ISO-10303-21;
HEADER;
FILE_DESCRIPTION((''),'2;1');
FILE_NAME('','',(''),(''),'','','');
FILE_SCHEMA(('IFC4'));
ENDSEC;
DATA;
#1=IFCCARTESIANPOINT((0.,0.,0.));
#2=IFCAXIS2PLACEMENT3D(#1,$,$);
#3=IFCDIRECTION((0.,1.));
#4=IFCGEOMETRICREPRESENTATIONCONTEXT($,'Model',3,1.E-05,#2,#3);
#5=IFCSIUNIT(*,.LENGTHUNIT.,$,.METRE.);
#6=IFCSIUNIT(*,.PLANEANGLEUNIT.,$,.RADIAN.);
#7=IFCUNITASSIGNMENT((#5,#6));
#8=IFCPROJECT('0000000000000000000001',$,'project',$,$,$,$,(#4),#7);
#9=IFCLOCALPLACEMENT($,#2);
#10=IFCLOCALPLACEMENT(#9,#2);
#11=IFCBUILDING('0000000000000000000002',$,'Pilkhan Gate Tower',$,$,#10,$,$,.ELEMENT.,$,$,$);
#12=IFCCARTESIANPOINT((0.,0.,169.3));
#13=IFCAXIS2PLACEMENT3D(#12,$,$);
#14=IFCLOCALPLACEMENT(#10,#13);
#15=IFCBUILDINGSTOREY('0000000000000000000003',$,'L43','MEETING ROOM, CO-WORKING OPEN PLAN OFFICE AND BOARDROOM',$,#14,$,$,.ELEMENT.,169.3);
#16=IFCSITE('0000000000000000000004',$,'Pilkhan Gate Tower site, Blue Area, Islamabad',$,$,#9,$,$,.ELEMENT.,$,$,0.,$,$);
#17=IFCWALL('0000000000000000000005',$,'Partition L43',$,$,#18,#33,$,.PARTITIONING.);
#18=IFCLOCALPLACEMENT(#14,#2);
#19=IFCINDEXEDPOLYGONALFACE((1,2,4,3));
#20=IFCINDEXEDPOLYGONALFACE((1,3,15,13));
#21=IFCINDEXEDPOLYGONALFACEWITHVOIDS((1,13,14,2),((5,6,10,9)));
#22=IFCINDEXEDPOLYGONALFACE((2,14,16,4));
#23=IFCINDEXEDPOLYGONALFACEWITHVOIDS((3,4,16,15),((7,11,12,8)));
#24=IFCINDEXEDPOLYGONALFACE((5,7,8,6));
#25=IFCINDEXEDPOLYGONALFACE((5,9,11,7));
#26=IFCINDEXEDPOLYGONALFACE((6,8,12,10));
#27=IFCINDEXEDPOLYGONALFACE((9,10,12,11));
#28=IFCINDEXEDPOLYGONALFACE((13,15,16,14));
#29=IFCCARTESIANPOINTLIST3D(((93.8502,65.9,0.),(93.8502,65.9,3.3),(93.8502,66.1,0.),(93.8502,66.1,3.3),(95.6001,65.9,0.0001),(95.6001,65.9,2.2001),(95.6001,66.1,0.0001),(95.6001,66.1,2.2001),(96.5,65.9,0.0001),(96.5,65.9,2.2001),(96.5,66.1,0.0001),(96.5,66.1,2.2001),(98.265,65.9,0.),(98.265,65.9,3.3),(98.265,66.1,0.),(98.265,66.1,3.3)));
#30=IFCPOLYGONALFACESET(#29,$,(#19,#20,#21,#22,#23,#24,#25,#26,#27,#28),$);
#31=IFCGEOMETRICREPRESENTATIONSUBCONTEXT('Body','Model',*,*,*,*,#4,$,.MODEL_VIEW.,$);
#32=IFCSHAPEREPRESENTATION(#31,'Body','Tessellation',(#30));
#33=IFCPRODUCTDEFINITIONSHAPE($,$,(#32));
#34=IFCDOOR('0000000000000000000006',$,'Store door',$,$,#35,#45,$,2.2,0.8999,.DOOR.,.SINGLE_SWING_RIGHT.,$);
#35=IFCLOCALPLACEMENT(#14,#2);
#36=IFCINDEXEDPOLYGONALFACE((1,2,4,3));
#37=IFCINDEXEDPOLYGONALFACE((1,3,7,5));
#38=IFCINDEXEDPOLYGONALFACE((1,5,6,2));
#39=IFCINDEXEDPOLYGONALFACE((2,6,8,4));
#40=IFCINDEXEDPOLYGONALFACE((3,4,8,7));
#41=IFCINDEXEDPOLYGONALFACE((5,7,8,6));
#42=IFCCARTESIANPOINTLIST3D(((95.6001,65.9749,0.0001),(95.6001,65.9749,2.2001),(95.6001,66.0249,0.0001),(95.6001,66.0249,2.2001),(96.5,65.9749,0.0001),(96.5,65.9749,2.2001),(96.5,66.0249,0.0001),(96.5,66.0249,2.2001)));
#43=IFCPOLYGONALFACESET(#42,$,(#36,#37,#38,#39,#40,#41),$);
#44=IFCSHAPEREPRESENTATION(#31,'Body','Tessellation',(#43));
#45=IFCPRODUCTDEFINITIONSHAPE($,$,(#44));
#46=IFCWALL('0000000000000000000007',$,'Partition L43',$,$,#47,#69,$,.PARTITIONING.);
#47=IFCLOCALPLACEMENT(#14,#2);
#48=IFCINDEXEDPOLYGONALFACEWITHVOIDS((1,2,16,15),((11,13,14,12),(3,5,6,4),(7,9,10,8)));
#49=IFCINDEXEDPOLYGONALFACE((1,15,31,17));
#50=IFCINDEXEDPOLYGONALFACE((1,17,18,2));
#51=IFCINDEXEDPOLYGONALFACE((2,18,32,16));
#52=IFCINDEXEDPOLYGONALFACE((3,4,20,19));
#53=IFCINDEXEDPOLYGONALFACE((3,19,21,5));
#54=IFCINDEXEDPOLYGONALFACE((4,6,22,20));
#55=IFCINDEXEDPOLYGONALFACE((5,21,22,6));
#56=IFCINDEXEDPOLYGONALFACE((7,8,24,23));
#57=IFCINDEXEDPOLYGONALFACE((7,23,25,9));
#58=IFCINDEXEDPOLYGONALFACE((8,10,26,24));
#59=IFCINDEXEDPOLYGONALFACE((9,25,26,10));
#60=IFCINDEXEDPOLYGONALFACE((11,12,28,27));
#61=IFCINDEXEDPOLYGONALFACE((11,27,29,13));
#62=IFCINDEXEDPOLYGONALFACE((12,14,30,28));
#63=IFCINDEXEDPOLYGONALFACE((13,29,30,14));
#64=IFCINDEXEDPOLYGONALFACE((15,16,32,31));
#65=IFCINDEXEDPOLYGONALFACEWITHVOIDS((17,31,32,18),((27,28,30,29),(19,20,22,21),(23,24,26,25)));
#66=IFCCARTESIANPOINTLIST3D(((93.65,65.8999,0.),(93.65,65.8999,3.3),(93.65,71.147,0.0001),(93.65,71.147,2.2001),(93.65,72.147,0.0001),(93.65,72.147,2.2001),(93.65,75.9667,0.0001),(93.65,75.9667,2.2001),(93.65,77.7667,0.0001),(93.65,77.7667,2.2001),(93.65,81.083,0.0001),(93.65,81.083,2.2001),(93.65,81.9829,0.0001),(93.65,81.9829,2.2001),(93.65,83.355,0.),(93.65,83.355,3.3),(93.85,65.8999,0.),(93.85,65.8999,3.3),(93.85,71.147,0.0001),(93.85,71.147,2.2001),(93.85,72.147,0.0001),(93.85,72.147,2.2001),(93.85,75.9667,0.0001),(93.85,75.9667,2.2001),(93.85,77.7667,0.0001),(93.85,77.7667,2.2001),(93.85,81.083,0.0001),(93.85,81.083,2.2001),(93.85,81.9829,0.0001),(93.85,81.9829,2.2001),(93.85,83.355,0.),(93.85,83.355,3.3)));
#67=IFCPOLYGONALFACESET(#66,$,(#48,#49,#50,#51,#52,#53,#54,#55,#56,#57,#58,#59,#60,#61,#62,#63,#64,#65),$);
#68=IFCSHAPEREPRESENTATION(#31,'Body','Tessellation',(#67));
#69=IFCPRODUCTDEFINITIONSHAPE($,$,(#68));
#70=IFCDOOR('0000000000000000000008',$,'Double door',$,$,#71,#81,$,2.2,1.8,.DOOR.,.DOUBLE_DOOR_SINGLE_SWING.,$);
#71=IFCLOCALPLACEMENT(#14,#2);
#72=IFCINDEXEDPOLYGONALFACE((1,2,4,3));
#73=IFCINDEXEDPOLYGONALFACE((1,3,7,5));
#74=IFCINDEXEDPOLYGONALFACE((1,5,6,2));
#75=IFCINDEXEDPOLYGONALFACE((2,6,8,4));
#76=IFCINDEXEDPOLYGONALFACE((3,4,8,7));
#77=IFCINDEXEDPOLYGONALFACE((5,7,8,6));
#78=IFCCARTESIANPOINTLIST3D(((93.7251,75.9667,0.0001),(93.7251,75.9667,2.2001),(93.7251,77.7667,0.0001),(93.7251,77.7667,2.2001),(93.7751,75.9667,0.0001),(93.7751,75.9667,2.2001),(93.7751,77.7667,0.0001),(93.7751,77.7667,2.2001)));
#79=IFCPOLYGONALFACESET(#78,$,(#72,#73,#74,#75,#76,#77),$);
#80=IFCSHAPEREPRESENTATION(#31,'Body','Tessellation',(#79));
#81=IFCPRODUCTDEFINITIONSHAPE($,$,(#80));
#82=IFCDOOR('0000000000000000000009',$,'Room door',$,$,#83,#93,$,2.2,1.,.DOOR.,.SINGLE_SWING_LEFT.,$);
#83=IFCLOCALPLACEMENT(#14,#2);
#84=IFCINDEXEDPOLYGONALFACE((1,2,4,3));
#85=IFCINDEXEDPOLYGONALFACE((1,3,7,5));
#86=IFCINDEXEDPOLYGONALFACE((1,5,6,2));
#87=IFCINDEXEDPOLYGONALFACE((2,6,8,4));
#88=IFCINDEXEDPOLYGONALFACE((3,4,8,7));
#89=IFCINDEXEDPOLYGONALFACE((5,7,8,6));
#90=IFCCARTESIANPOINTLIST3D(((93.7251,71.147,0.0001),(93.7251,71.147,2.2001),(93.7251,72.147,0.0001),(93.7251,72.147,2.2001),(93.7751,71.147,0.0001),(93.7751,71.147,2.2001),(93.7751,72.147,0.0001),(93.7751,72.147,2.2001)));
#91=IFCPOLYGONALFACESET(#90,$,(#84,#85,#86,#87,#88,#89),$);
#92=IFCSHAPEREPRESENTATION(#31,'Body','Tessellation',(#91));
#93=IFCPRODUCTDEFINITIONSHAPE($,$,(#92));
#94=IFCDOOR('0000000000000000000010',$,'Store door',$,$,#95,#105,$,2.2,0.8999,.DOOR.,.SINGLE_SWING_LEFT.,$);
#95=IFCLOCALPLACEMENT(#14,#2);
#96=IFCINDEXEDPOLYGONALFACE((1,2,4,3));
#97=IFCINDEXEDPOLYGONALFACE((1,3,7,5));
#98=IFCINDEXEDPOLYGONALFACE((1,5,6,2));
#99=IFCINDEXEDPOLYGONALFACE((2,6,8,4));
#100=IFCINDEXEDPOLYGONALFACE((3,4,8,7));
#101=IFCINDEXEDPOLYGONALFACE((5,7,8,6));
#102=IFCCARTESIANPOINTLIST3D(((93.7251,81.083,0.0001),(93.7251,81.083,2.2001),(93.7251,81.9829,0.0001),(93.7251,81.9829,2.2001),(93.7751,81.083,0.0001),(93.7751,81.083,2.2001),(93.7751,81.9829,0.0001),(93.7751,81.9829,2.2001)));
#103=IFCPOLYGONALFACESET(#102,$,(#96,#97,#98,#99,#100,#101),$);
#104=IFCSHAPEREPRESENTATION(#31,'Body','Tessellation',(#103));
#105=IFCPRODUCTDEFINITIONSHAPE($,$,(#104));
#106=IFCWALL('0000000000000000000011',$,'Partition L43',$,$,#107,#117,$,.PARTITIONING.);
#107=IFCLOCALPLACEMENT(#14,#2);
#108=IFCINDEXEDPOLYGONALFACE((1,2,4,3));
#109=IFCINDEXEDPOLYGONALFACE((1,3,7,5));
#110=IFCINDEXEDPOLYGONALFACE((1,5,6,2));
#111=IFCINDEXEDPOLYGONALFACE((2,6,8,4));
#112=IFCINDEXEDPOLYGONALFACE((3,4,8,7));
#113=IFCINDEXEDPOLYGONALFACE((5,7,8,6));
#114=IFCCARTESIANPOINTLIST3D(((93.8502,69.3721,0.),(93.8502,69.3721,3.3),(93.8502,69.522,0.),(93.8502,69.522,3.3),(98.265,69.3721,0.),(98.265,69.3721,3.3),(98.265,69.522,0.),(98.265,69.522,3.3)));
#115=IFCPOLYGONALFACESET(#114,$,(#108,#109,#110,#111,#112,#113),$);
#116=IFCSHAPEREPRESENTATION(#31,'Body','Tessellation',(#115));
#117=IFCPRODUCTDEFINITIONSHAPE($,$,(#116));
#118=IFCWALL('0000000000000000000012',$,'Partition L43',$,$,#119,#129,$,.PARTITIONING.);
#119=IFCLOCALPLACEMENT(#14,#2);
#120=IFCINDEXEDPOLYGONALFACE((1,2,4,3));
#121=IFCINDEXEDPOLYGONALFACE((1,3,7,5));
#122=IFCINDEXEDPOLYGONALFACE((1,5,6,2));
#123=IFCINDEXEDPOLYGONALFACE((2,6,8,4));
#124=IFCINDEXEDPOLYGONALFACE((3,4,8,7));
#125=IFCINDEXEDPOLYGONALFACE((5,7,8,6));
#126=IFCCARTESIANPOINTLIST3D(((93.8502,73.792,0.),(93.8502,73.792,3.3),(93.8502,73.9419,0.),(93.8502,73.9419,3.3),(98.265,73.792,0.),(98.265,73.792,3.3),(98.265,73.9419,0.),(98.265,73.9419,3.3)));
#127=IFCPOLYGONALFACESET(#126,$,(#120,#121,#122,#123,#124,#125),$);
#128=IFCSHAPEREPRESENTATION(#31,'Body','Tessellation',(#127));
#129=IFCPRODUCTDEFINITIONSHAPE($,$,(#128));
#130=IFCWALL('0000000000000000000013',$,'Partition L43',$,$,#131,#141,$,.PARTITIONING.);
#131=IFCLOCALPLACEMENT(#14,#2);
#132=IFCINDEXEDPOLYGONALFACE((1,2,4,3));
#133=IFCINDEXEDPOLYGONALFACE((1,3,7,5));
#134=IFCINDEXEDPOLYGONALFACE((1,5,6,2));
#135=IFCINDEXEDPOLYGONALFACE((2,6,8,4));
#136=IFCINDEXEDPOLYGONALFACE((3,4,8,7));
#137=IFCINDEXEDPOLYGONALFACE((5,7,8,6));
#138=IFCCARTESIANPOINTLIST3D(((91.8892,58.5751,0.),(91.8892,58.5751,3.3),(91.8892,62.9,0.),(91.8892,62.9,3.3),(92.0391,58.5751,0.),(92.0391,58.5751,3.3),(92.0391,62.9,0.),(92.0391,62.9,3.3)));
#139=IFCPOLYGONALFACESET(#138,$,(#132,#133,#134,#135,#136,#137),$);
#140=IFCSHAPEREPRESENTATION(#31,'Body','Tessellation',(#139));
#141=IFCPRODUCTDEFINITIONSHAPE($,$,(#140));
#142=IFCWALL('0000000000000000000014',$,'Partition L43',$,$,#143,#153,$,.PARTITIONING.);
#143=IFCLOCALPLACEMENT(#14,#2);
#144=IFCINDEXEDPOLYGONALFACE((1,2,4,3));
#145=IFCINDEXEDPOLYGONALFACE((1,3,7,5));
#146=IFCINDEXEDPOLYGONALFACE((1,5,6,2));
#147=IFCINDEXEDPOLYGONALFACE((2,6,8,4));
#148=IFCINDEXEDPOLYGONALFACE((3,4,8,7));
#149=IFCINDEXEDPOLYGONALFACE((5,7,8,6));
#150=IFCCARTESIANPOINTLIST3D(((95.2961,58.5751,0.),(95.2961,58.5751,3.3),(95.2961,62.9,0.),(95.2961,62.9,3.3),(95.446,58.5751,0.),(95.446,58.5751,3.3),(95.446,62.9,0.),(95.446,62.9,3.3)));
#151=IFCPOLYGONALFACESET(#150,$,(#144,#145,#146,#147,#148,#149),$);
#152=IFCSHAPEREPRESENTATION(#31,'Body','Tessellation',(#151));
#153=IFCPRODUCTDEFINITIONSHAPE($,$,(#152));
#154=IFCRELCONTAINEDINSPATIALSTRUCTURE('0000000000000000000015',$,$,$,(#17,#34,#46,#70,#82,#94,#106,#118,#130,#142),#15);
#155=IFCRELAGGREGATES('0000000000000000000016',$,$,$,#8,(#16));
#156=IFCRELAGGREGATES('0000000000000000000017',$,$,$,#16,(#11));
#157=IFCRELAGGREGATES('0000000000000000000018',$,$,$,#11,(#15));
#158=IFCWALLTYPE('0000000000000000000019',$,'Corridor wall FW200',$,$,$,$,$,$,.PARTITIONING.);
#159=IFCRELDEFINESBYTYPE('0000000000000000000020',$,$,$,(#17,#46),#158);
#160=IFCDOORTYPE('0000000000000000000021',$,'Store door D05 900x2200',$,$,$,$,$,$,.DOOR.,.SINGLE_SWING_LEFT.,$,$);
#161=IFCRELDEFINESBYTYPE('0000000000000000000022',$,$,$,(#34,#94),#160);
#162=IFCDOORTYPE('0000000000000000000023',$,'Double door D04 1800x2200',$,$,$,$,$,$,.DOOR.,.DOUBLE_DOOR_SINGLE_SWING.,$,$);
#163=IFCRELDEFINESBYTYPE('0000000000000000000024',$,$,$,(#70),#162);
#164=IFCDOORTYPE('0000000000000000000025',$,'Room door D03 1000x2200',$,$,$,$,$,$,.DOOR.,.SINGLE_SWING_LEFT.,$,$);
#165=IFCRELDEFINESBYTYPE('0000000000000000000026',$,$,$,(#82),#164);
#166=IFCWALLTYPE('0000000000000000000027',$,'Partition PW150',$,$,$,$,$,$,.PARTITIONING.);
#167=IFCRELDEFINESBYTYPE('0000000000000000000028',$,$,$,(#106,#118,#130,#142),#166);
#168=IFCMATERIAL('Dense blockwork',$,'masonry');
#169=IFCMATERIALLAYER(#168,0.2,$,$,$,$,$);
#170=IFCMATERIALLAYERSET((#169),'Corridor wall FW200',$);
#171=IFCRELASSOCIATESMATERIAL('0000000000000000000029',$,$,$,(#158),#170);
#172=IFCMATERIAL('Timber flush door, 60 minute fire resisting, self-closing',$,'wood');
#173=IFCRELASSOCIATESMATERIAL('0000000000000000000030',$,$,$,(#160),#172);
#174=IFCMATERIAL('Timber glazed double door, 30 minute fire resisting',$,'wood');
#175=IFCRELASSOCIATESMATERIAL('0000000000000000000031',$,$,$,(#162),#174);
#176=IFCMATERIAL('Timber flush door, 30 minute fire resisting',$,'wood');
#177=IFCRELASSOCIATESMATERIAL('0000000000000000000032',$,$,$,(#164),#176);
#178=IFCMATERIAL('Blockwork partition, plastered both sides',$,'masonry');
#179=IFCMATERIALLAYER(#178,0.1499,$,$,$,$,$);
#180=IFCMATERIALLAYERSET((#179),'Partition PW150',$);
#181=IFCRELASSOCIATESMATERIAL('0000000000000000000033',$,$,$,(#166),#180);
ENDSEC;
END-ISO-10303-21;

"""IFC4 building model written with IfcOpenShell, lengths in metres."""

from ifc_helpers import new_model, si_unit, direction, frame, frame_2d, origin, place, context, subcontext, project, spatial, rectangle, extrude, material, layer, layer_set, type_object, element, fill, save


model = new_model("IFC4")

# Units and contexts
model_context = context("Model", 3, precision=1e-05, world=origin(), true_north=direction((0.0, 1.0)))
body_context = subcontext(model_context, "Body", "Model", "MODEL_VIEW")
ifc_project = project(units=[si_unit("LENGTHUNIT", "METRE"), si_unit("PLANEANGLEUNIT", "RADIAN")], contexts=[model_context])

# Site, building, storey
site_placement = place(None, origin())
site = spatial("IfcSite", under=ifc_project, at=site_placement, Name="Pilkhan Gate Tower site, Blue Area, Islamabad", CompositionType="ELEMENT", RefElevation=0.0)
building_placement = place(site_placement, origin())
building = spatial("IfcBuilding", under=site, at=building_placement, Name="Pilkhan Gate Tower", CompositionType="ELEMENT")
storey_placement = place(building_placement, frame((0.0, 0.0, 169.3)))
storey = spatial("IfcBuildingStorey", under=building, at=storey_placement, Name="L43", Description="MEETING ROOM, CO-WORKING OPEN PLAN OFFICE AND BOARDROOM", CompositionType="ELEMENT", Elevation=169.3)

# Wall, opening, door
ifc_material_1 = material(Name="Dense blockwork", Category="masonry")
ifc_layer_1 = layer(ifc_material_1, 0.2)
ifc_layer_set_1 = layer_set([ifc_layer_1], Name="Corridor wall FW200")
wall_type_1 = type_object("IfcWallType", Name="Corridor wall FW200", PredefinedType="PARTITIONING", material=ifc_layer_set_1)
wall_1_placement = place(storey_placement, frame((93.8501, 66.0, 0.0), z_axis=(0.0, 0.0, 1.0), x_axis=(1.0, 0.0, 0.0)))
wall_1 = element("IfcWall", 1, at=wall_1_placement, inside=storey, type_object=wall_type_1, Name="Partition L43", PredefinedType="PARTITIONING", context=body_context, shape_type="SweptSolid", body=[
    extrude(rectangle(XDim=4.4148, YDim=0.2, at=frame_2d((2.2075, 0.0))), origin(), (0.0, 0.0, 1.0), 3.3),
])
opening_1_placement = place(wall_1_placement, frame((1.75, 0.0, 0.0)))
opening_1 = element("IfcOpeningElement", 2, at=opening_1_placement, cuts=wall_1, PredefinedType="OPENING", context=body_context, shape_type="SweptSolid", body=[
    extrude(rectangle(XDim=0.8999, YDim=2.2, at=frame_2d((0.45, 1.1001))), frame((0.0, 0.1099, 0.0), z_axis=(0.0, -1.0, 0.0), x_axis=(1.0, 0.0, 0.0)), (0.0, 0.0, 1.0), 0.22),
])
ifc_material_2 = material(Name="Timber flush door, 60 minute fire resisting, self-closing", Category="wood")
door_type_1 = type_object("IfcDoorType", Name="Store door D05 900x2200", OperationType="SINGLE_SWING_LEFT", PredefinedType="DOOR", material=ifc_material_2)
door_1_placement = place(opening_1_placement, origin())
door_1 = element("IfcDoor", 3, at=door_1_placement, inside=storey, type_object=door_type_1, Name="Store door", OperationType="SINGLE_SWING_RIGHT", OverallHeight=2.2, OverallWidth=0.8999, PredefinedType="DOOR", context=body_context, shape_type="SweptSolid", body=[
    extrude(rectangle(XDim=0.8999, YDim=2.2, at=frame_2d((0.45, 1.1001))), frame((0.0, 0.0249, 0.0), z_axis=(0.0, -1.0, 0.0), x_axis=(1.0, 0.0, 0.0)), (0.0, 0.0, 1.0), 0.05),
])
fill(opening_1, door_1)

# Wall, openings, doors
wall_2_placement = place(storey_placement, frame((93.75, 65.8999, 0.0), z_axis=(0.0, 0.0, 1.0), x_axis=(0.0, 1.0, 0.0)))
wall_2 = element("IfcWall", 4, at=wall_2_placement, inside=storey, type_object=wall_type_1, Name="Partition L43", PredefinedType="PARTITIONING", context=body_context, shape_type="SweptSolid", body=[
    extrude(rectangle(XDim=17.4551, YDim=0.2, at=frame_2d((8.7275, 0.0))), origin(), (0.0, 0.0, 1.0), 3.3),
])
opening_2_placement = place(wall_2_placement, frame((5.2471, 0.0, 0.0)))
opening_2 = element("IfcOpeningElement", 5, at=opening_2_placement, cuts=wall_2, PredefinedType="OPENING", context=body_context, shape_type="SweptSolid", body=[
    extrude(rectangle(XDim=1.0, YDim=2.2, at=frame_2d((0.5, 1.1001))), frame((0.0, 0.1099, 0.0), z_axis=(0.0, -1.0, 0.0), x_axis=(1.0, 0.0, 0.0)), (0.0, 0.0, 1.0), 0.22),
])
opening_3_placement = place(wall_2_placement, frame((10.0669, 0.0, 0.0)))
opening_3 = element("IfcOpeningElement", 6, at=opening_3_placement, cuts=wall_2, PredefinedType="OPENING", context=body_context, shape_type="SweptSolid", body=[
    extrude(rectangle(XDim=1.8, YDim=2.2, at=frame_2d((0.8999, 1.1001))), frame((0.0, 0.1099, 0.0), z_axis=(0.0, -1.0, 0.0), x_axis=(1.0, 0.0, 0.0)), (0.0, 0.0, 1.0), 0.22),
])
opening_4_placement = place(wall_2_placement, frame((15.1831, 0.0, 0.0)))
opening_4 = element("IfcOpeningElement", 7, at=opening_4_placement, cuts=wall_2, PredefinedType="OPENING", context=body_context, shape_type="SweptSolid", body=[
    extrude(rectangle(XDim=0.8999, YDim=2.2, at=frame_2d((0.45, 1.1001))), frame((0.0, 0.1099, 0.0), z_axis=(0.0, -1.0, 0.0), x_axis=(1.0, 0.0, 0.0)), (0.0, 0.0, 1.0), 0.22),
])
ifc_material_3 = material(Name="Timber glazed double door, 30 minute fire resisting", Category="wood")
door_type_2 = type_object("IfcDoorType", Name="Double door D04 1800x2200", OperationType="DOUBLE_DOOR_SINGLE_SWING", PredefinedType="DOOR", material=ifc_material_3)
door_2_placement = place(opening_3_placement, origin())
door_2 = element("IfcDoor", 8, at=door_2_placement, inside=storey, type_object=door_type_2, Name="Double door", OperationType="DOUBLE_DOOR_SINGLE_SWING", OverallHeight=2.2, OverallWidth=1.8, PredefinedType="DOOR", context=body_context, shape_type="SweptSolid", body=[
    extrude(rectangle(XDim=1.8, YDim=2.2, at=frame_2d((0.8999, 1.1001))), frame((0.0, 0.0249, 0.0), z_axis=(0.0, -1.0, 0.0), x_axis=(1.0, 0.0, 0.0)), (0.0, 0.0, 1.0), 0.05),
])
fill(opening_3, door_2)
ifc_material_4 = material(Name="Timber flush door, 30 minute fire resisting", Category="wood")
door_type_3 = type_object("IfcDoorType", Name="Room door D03 1000x2200", OperationType="SINGLE_SWING_LEFT", PredefinedType="DOOR", material=ifc_material_4)
door_3_placement = place(opening_2_placement, origin())
door_3 = element("IfcDoor", 9, at=door_3_placement, inside=storey, type_object=door_type_3, Name="Room door", OperationType="SINGLE_SWING_LEFT", OverallHeight=2.2, OverallWidth=1.0, PredefinedType="DOOR", context=body_context, shape_type="SweptSolid", body=[
    extrude(rectangle(XDim=1.0, YDim=2.2, at=frame_2d((0.5, 1.1001))), frame((0.0, 0.0249, 0.0), z_axis=(0.0, -1.0, 0.0), x_axis=(1.0, 0.0, 0.0)), (0.0, 0.0, 1.0), 0.05),
])
fill(opening_2, door_3)
door_4_placement = place(opening_4_placement, origin())
door_4 = element("IfcDoor", 10, at=door_4_placement, inside=storey, type_object=door_type_1, Name="Store door", OperationType="SINGLE_SWING_LEFT", OverallHeight=2.2, OverallWidth=0.8999, PredefinedType="DOOR", context=body_context, shape_type="SweptSolid", body=[
    extrude(rectangle(XDim=0.8999, YDim=2.2, at=frame_2d((0.45, 1.1001))), frame((0.0, 0.0249, 0.0), z_axis=(0.0, -1.0, 0.0), x_axis=(1.0, 0.0, 0.0)), (0.0, 0.0, 1.0), 0.05),
])
fill(opening_4, door_4)

# Walls
ifc_material_5 = material(Name="Blockwork partition, plastered both sides", Category="masonry")
ifc_layer_2 = layer(ifc_material_5, 0.1499)
ifc_layer_set_2 = layer_set([ifc_layer_2], Name="Partition PW150")
wall_type_2 = type_object("IfcWallType", Name="Partition PW150", PredefinedType="PARTITIONING", material=ifc_layer_set_2)
for number, where, z_axis, x_axis, name in (
    (11, (93.8501, 69.447, 0.0), (0.0, 0.0, 1.0), (1.0, 0.0, 0.0), "Partition L43"),
    (12, (93.8501, 73.8669, 0.0), (0.0, 0.0, 1.0), (1.0, 0.0, 0.0), "Partition L43"),
):
    element("IfcWall", number, at=place(storey_placement, frame(where, z_axis=z_axis, x_axis=x_axis)), inside=storey, type_object=wall_type_2, Name=name, PredefinedType="PARTITIONING", context=body_context, shape_type="SweptSolid", body=[
        extrude(rectangle(XDim=4.4148, YDim=0.1499, at=frame_2d((2.2075, 0.0))), origin(), (0.0, 0.0, 1.0), 3.3),
    ])
for number, where, z_axis, x_axis, name in (
    (13, (91.9641, 58.575, 0.0), (0.0, 0.0, 1.0), (0.0, 1.0, 0.0), "Partition L43"),
    (14, (95.3711, 58.575, 0.0), (0.0, 0.0, 1.0), (0.0, 1.0, 0.0), "Partition L43"),
):
    element("IfcWall", number, at=place(storey_placement, frame(where, z_axis=z_axis, x_axis=x_axis)), inside=storey, type_object=wall_type_2, Name=name, PredefinedType="PARTITIONING", context=body_context, shape_type="SweptSolid", body=[
        extrude(rectangle(XDim=4.325, YDim=0.1499, at=frame_2d((2.1626, 0.0))), origin(), (0.0, 0.0, 1.0), 3.3),
    ])

save(model, "model.ifc")
